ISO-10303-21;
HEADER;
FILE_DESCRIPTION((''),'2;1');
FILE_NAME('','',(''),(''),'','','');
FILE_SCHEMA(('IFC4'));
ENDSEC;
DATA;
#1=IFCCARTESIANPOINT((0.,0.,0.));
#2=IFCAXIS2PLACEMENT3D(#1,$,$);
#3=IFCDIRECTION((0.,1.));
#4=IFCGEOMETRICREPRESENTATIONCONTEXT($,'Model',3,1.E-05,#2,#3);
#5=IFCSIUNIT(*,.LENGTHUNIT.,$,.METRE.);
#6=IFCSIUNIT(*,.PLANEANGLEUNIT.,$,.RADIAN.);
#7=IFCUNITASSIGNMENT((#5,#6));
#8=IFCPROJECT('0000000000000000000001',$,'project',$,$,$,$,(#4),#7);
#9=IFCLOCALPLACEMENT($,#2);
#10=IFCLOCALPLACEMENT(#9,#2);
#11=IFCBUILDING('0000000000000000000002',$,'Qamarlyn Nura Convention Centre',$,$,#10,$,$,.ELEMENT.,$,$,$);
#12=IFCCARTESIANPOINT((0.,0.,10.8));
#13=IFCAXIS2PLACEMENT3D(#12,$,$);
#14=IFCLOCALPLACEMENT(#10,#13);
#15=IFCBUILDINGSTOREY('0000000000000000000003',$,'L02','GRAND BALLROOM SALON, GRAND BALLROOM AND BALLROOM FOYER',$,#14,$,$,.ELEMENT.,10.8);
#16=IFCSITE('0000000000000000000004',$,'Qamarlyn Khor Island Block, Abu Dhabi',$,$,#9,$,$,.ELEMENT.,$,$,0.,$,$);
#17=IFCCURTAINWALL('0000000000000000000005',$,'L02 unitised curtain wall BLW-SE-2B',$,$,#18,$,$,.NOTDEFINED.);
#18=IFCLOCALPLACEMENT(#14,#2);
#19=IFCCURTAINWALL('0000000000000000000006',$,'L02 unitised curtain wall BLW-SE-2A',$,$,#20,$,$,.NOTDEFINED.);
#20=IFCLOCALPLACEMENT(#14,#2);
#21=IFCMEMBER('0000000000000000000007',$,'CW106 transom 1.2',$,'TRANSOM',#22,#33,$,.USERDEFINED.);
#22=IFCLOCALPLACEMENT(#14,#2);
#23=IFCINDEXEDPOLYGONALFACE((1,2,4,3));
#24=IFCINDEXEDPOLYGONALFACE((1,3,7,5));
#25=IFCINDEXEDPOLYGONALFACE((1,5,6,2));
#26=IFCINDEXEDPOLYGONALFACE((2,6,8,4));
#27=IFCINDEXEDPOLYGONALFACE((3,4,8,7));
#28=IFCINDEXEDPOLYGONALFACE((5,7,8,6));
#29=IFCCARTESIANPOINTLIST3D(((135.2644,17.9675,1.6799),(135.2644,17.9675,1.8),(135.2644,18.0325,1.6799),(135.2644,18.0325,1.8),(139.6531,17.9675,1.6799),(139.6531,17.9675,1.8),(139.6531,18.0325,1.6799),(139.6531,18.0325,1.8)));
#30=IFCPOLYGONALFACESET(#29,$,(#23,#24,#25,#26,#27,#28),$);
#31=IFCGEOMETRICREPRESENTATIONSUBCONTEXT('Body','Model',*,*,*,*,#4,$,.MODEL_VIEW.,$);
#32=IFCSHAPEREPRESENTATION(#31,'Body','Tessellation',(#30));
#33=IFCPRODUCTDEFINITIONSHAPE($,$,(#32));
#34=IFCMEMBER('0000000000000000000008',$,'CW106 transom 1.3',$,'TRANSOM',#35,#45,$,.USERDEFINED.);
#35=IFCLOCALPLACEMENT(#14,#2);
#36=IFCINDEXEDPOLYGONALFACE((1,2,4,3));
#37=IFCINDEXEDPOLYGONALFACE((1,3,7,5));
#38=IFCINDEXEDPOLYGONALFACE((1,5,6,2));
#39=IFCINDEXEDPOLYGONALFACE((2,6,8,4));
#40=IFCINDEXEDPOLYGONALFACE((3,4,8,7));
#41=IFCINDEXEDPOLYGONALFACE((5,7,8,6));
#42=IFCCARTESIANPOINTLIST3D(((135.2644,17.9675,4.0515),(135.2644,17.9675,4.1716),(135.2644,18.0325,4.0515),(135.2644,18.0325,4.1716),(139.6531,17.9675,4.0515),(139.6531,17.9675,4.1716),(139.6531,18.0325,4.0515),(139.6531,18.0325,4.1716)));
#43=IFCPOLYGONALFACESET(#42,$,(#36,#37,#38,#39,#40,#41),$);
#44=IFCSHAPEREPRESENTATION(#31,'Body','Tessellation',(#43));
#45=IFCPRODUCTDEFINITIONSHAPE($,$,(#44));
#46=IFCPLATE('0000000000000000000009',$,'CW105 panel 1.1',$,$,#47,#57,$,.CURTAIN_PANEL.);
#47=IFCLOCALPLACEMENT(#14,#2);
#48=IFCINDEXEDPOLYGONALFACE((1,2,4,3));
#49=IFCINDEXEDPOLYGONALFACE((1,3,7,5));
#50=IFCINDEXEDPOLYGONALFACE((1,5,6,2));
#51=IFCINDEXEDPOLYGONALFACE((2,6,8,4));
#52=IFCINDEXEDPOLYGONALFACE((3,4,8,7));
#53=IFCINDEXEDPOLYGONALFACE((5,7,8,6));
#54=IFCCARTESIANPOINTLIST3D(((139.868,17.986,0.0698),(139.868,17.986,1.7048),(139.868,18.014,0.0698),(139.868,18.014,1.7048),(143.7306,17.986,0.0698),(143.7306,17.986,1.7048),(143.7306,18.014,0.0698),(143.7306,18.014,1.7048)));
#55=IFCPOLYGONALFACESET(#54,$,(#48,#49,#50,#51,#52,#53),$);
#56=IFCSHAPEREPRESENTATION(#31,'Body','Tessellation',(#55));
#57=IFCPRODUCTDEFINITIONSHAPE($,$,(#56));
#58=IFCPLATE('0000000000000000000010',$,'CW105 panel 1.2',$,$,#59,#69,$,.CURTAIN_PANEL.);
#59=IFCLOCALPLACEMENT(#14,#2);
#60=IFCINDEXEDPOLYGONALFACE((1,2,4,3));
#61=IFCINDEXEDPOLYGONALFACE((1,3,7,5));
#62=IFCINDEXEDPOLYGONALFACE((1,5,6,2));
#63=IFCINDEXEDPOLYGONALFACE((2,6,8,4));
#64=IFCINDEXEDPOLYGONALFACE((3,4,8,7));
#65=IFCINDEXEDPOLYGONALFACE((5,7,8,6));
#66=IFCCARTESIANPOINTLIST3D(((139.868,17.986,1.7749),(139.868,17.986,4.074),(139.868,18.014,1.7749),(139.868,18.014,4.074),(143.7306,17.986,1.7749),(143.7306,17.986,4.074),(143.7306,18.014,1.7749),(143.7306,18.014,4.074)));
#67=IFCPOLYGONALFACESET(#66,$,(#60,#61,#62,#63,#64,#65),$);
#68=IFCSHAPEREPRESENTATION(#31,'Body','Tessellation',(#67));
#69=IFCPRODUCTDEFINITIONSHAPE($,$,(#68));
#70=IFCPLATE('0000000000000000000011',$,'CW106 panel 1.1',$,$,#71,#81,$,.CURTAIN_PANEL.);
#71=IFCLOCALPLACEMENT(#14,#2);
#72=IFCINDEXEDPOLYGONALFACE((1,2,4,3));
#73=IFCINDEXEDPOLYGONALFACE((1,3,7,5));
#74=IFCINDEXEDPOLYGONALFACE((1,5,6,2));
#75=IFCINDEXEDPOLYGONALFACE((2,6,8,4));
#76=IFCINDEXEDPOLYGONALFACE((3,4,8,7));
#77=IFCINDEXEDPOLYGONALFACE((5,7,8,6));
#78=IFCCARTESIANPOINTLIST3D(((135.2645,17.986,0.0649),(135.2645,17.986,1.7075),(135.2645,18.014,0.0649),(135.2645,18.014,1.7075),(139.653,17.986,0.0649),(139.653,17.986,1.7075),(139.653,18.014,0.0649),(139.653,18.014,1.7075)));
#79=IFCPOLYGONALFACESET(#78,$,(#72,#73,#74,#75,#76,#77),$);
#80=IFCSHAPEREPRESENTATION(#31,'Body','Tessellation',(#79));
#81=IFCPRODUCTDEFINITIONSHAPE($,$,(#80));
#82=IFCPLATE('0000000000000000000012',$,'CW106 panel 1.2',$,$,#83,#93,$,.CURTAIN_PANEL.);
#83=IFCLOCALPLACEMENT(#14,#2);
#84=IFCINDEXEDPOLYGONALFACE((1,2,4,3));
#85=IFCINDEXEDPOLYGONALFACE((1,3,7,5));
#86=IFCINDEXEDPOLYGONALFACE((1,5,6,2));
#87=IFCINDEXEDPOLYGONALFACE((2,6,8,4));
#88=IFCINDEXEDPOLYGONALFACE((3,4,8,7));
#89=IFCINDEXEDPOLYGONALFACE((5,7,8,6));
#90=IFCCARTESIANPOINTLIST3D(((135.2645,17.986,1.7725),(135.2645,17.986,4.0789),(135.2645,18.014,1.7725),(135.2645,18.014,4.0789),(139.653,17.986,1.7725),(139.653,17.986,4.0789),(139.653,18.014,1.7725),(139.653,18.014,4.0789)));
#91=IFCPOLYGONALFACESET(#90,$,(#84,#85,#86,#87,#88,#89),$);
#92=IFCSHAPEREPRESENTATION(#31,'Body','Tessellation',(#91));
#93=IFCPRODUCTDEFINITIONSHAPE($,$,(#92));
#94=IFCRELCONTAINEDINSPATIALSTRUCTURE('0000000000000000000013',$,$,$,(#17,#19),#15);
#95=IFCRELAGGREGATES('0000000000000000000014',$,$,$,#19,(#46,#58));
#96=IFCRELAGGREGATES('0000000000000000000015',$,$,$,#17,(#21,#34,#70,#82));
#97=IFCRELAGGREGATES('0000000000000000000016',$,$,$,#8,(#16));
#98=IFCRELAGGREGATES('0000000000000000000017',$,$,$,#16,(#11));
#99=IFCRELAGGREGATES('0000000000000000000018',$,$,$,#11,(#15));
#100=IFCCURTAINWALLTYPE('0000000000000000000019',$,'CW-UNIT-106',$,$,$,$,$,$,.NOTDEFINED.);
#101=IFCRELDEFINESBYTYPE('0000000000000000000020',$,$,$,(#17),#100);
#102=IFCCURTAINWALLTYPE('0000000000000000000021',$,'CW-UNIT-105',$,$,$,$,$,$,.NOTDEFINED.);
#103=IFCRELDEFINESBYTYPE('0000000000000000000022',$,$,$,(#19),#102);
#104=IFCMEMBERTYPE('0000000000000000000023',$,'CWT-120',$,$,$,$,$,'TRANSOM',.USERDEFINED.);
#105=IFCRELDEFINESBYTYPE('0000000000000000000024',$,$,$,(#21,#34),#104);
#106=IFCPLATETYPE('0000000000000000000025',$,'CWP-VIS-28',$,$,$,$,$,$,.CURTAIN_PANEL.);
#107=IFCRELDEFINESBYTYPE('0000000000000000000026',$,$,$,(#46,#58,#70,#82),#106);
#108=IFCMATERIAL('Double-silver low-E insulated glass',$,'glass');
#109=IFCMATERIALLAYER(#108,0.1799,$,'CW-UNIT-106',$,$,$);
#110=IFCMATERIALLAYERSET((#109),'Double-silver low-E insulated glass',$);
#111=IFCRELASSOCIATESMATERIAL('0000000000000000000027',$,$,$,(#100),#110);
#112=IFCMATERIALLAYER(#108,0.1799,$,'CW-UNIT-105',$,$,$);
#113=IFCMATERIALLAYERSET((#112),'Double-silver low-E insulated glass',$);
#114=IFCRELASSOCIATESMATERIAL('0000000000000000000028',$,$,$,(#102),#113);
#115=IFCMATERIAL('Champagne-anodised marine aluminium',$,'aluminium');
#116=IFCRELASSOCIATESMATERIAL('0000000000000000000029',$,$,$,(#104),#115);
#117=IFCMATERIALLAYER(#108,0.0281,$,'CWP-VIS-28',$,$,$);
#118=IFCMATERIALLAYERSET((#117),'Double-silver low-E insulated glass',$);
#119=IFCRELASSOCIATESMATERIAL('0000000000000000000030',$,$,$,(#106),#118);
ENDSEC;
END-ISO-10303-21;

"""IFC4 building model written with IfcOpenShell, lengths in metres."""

from ifc_helpers import new_model, si_unit, direction, frame, origin, origin_2d, place, context, subcontext, project, spatial, rectangle, extrude, material, layer, layer_set, material_profile, profile_set, type_object, element, aggregate, save


model = new_model("IFC4")

# Units and contexts
model_context = context("Model", 3, precision=1e-05, world=origin(), true_north=direction((0.0, 1.0)))
body_context = subcontext(model_context, "Body", "Model", "MODEL_VIEW")
ifc_project = project(units=[si_unit("LENGTHUNIT", "METRE"), si_unit("PLANEANGLEUNIT", "RADIAN")], contexts=[model_context])

# Site, building, storey
site_placement = place(None, origin())
site = spatial("IfcSite", under=ifc_project, at=site_placement, Name="Qamarlyn Khor Island Block, Abu Dhabi", CompositionType="ELEMENT", RefElevation=0.0)
building_placement = place(site_placement, origin())
building = spatial("IfcBuilding", under=site, at=building_placement, Name="Qamarlyn Nura Convention Centre", CompositionType="ELEMENT")
storey_placement = place(building_placement, frame((0.0, 0.0, 10.8)))
storey = spatial("IfcBuildingStorey", under=building, at=storey_placement, Name="L02", Description="GRAND BALLROOM SALON, GRAND BALLROOM AND BALLROOM FOYER", CompositionType="ELEMENT", Elevation=10.8)

# Curtain wall
ifc_material_1 = material(Name="Double-silver low-E insulated glass", Category="glass")
ifc_layer_1 = layer(ifc_material_1, 0.1799, Name="CW-UNIT-106")
ifc_layer_set_1 = layer_set([ifc_layer_1], Name="Double-silver low-E insulated glass")
curtain_wall_type_1 = type_object("IfcCurtainWallType", Name="CW-UNIT-106", PredefinedType="NOTDEFINED", material=ifc_layer_set_1)
curtain_wall_1_placement = place(storey_placement, origin())
curtain_wall_1 = element("IfcCurtainWall", 1, at=curtain_wall_1_placement, inside=storey, type_object=curtain_wall_type_1, Name="L02 unitised curtain wall BLW-SE-2B", PredefinedType="NOTDEFINED")
ifc_material_2 = material(Name="Champagne-anodised marine aluminium", Category="aluminium")

# Curtain wall
ifc_layer_2 = layer(ifc_material_1, 0.1799, Name="CW-UNIT-105")
ifc_layer_set_2 = layer_set([ifc_layer_2], Name="Double-silver low-E insulated glass")
curtain_wall_type_2 = type_object("IfcCurtainWallType", Name="CW-UNIT-105", PredefinedType="NOTDEFINED", material=ifc_layer_set_2)
curtain_wall_2_placement = place(storey_placement, origin())
curtain_wall_2 = element("IfcCurtainWall", 2, at=curtain_wall_2_placement, inside=storey, type_object=curtain_wall_type_2, Name="L02 unitised curtain wall BLW-SE-2A", PredefinedType="NOTDEFINED")

# Members
ifc_material_profile_1 = material_profile(ifc_material_2, rectangle(XDim=0.0649, YDim=0.1201, at=origin_2d()), Name="ALU TRANSOM 65x120")
ifc_profile_set_1 = profile_set([ifc_material_profile_1], Name="Champagne-anodised marine aluminium")
member_type_1 = type_object("IfcMemberType", Name="CWT-120", ElementType="TRANSOM", PredefinedType="USERDEFINED", material=ifc_profile_set_1)
member_1_placement = place(storey_placement, frame((139.6531, 18.0, 1.74), z_axis=(-1.0, 0.0, 0.0), x_axis=(0.0, -1.0, 0.0)))
member_1 = element("IfcMember", 3, at=member_1_placement, type_object=member_type_1, Name="CW106 transom 1.2", ObjectType="TRANSOM", PredefinedType="USERDEFINED", context=body_context, shape_type="SweptSolid", body=[
    extrude(rectangle(XDim=0.0649, YDim=0.1201, at=origin_2d()), origin(), (0.0, 0.0, 1.0), 4.3887),
])
member_2_placement = place(storey_placement, frame((139.6531, 18.0, 4.1116), z_axis=(-1.0, 0.0, 0.0), x_axis=(0.0, -1.0, 0.0)))
member_2 = element("IfcMember", 4, at=member_2_placement, type_object=member_type_1, Name="CW106 transom 1.3", ObjectType="TRANSOM", PredefinedType="USERDEFINED", context=body_context, shape_type="SweptSolid", body=[
    extrude(rectangle(XDim=0.0649, YDim=0.1201, at=origin_2d()), origin(), (0.0, 0.0, 1.0), 4.3887),
])

# Plates
ifc_layer_3 = layer(ifc_material_1, 0.0281, Name="CWP-VIS-28")
ifc_layer_set_3 = layer_set([ifc_layer_3], Name="Double-silver low-E insulated glass")
plate_type = type_object("IfcPlateType", Name="CWP-VIS-28", PredefinedType="CURTAIN_PANEL", material=ifc_layer_set_3)
plate_1_placement = place(storey_placement, frame((141.7993, 18.0, 0.0698), z_axis=(0.0, 0.0, 1.0), x_axis=(-1.0, 0.0, 0.0)))
plate_1 = element("IfcPlate", 5, at=plate_1_placement, type_object=plate_type, Name="CW105 panel 1.1", PredefinedType="CURTAIN_PANEL", context=body_context, shape_type="SweptSolid", body=[
    extrude(rectangle(XDim=3.8625, YDim=0.0281, at=origin_2d()), origin(), (0.0, 0.0, 1.0), 1.635),
])
plate_2_placement = place(storey_placement, frame((141.7993, 18.0, 1.7749), z_axis=(0.0, 0.0, 1.0), x_axis=(-1.0, 0.0, 0.0)))
plate_2 = element("IfcPlate", 6, at=plate_2_placement, type_object=plate_type, Name="CW105 panel 1.2", PredefinedType="CURTAIN_PANEL", context=body_context, shape_type="SweptSolid", body=[
    extrude(rectangle(XDim=3.8625, YDim=0.0281, at=origin_2d()), origin(), (0.0, 0.0, 1.0), 2.2991),
])
aggregate(curtain_wall_2, [plate_1, plate_2])
plate_3_placement = place(storey_placement, frame((137.4587, 18.0, 0.0649), z_axis=(0.0, 0.0, 1.0), x_axis=(-1.0, 0.0, 0.0)))
plate_3 = element("IfcPlate", 7, at=plate_3_placement, type_object=plate_type, Name="CW106 panel 1.1", PredefinedType="CURTAIN_PANEL", context=body_context, shape_type="SweptSolid", body=[
    extrude(rectangle(XDim=4.3884, YDim=0.0281, at=origin_2d()), origin(), (0.0, 0.0, 1.0), 1.6426),
])
plate_4_placement = place(storey_placement, frame((137.4587, 18.0, 1.7725), z_axis=(0.0, 0.0, 1.0), x_axis=(-1.0, 0.0, 0.0)))
plate_4 = element("IfcPlate", 8, at=plate_4_placement, type_object=plate_type, Name="CW106 panel 1.2", PredefinedType="CURTAIN_PANEL", context=body_context, shape_type="SweptSolid", body=[
    extrude(rectangle(XDim=4.3884, YDim=0.0281, at=origin_2d()), origin(), (0.0, 0.0, 1.0), 2.3064),
])
aggregate(curtain_wall_1, [member_1, member_2, plate_3, plate_4])

save(model, "model.ifc")
